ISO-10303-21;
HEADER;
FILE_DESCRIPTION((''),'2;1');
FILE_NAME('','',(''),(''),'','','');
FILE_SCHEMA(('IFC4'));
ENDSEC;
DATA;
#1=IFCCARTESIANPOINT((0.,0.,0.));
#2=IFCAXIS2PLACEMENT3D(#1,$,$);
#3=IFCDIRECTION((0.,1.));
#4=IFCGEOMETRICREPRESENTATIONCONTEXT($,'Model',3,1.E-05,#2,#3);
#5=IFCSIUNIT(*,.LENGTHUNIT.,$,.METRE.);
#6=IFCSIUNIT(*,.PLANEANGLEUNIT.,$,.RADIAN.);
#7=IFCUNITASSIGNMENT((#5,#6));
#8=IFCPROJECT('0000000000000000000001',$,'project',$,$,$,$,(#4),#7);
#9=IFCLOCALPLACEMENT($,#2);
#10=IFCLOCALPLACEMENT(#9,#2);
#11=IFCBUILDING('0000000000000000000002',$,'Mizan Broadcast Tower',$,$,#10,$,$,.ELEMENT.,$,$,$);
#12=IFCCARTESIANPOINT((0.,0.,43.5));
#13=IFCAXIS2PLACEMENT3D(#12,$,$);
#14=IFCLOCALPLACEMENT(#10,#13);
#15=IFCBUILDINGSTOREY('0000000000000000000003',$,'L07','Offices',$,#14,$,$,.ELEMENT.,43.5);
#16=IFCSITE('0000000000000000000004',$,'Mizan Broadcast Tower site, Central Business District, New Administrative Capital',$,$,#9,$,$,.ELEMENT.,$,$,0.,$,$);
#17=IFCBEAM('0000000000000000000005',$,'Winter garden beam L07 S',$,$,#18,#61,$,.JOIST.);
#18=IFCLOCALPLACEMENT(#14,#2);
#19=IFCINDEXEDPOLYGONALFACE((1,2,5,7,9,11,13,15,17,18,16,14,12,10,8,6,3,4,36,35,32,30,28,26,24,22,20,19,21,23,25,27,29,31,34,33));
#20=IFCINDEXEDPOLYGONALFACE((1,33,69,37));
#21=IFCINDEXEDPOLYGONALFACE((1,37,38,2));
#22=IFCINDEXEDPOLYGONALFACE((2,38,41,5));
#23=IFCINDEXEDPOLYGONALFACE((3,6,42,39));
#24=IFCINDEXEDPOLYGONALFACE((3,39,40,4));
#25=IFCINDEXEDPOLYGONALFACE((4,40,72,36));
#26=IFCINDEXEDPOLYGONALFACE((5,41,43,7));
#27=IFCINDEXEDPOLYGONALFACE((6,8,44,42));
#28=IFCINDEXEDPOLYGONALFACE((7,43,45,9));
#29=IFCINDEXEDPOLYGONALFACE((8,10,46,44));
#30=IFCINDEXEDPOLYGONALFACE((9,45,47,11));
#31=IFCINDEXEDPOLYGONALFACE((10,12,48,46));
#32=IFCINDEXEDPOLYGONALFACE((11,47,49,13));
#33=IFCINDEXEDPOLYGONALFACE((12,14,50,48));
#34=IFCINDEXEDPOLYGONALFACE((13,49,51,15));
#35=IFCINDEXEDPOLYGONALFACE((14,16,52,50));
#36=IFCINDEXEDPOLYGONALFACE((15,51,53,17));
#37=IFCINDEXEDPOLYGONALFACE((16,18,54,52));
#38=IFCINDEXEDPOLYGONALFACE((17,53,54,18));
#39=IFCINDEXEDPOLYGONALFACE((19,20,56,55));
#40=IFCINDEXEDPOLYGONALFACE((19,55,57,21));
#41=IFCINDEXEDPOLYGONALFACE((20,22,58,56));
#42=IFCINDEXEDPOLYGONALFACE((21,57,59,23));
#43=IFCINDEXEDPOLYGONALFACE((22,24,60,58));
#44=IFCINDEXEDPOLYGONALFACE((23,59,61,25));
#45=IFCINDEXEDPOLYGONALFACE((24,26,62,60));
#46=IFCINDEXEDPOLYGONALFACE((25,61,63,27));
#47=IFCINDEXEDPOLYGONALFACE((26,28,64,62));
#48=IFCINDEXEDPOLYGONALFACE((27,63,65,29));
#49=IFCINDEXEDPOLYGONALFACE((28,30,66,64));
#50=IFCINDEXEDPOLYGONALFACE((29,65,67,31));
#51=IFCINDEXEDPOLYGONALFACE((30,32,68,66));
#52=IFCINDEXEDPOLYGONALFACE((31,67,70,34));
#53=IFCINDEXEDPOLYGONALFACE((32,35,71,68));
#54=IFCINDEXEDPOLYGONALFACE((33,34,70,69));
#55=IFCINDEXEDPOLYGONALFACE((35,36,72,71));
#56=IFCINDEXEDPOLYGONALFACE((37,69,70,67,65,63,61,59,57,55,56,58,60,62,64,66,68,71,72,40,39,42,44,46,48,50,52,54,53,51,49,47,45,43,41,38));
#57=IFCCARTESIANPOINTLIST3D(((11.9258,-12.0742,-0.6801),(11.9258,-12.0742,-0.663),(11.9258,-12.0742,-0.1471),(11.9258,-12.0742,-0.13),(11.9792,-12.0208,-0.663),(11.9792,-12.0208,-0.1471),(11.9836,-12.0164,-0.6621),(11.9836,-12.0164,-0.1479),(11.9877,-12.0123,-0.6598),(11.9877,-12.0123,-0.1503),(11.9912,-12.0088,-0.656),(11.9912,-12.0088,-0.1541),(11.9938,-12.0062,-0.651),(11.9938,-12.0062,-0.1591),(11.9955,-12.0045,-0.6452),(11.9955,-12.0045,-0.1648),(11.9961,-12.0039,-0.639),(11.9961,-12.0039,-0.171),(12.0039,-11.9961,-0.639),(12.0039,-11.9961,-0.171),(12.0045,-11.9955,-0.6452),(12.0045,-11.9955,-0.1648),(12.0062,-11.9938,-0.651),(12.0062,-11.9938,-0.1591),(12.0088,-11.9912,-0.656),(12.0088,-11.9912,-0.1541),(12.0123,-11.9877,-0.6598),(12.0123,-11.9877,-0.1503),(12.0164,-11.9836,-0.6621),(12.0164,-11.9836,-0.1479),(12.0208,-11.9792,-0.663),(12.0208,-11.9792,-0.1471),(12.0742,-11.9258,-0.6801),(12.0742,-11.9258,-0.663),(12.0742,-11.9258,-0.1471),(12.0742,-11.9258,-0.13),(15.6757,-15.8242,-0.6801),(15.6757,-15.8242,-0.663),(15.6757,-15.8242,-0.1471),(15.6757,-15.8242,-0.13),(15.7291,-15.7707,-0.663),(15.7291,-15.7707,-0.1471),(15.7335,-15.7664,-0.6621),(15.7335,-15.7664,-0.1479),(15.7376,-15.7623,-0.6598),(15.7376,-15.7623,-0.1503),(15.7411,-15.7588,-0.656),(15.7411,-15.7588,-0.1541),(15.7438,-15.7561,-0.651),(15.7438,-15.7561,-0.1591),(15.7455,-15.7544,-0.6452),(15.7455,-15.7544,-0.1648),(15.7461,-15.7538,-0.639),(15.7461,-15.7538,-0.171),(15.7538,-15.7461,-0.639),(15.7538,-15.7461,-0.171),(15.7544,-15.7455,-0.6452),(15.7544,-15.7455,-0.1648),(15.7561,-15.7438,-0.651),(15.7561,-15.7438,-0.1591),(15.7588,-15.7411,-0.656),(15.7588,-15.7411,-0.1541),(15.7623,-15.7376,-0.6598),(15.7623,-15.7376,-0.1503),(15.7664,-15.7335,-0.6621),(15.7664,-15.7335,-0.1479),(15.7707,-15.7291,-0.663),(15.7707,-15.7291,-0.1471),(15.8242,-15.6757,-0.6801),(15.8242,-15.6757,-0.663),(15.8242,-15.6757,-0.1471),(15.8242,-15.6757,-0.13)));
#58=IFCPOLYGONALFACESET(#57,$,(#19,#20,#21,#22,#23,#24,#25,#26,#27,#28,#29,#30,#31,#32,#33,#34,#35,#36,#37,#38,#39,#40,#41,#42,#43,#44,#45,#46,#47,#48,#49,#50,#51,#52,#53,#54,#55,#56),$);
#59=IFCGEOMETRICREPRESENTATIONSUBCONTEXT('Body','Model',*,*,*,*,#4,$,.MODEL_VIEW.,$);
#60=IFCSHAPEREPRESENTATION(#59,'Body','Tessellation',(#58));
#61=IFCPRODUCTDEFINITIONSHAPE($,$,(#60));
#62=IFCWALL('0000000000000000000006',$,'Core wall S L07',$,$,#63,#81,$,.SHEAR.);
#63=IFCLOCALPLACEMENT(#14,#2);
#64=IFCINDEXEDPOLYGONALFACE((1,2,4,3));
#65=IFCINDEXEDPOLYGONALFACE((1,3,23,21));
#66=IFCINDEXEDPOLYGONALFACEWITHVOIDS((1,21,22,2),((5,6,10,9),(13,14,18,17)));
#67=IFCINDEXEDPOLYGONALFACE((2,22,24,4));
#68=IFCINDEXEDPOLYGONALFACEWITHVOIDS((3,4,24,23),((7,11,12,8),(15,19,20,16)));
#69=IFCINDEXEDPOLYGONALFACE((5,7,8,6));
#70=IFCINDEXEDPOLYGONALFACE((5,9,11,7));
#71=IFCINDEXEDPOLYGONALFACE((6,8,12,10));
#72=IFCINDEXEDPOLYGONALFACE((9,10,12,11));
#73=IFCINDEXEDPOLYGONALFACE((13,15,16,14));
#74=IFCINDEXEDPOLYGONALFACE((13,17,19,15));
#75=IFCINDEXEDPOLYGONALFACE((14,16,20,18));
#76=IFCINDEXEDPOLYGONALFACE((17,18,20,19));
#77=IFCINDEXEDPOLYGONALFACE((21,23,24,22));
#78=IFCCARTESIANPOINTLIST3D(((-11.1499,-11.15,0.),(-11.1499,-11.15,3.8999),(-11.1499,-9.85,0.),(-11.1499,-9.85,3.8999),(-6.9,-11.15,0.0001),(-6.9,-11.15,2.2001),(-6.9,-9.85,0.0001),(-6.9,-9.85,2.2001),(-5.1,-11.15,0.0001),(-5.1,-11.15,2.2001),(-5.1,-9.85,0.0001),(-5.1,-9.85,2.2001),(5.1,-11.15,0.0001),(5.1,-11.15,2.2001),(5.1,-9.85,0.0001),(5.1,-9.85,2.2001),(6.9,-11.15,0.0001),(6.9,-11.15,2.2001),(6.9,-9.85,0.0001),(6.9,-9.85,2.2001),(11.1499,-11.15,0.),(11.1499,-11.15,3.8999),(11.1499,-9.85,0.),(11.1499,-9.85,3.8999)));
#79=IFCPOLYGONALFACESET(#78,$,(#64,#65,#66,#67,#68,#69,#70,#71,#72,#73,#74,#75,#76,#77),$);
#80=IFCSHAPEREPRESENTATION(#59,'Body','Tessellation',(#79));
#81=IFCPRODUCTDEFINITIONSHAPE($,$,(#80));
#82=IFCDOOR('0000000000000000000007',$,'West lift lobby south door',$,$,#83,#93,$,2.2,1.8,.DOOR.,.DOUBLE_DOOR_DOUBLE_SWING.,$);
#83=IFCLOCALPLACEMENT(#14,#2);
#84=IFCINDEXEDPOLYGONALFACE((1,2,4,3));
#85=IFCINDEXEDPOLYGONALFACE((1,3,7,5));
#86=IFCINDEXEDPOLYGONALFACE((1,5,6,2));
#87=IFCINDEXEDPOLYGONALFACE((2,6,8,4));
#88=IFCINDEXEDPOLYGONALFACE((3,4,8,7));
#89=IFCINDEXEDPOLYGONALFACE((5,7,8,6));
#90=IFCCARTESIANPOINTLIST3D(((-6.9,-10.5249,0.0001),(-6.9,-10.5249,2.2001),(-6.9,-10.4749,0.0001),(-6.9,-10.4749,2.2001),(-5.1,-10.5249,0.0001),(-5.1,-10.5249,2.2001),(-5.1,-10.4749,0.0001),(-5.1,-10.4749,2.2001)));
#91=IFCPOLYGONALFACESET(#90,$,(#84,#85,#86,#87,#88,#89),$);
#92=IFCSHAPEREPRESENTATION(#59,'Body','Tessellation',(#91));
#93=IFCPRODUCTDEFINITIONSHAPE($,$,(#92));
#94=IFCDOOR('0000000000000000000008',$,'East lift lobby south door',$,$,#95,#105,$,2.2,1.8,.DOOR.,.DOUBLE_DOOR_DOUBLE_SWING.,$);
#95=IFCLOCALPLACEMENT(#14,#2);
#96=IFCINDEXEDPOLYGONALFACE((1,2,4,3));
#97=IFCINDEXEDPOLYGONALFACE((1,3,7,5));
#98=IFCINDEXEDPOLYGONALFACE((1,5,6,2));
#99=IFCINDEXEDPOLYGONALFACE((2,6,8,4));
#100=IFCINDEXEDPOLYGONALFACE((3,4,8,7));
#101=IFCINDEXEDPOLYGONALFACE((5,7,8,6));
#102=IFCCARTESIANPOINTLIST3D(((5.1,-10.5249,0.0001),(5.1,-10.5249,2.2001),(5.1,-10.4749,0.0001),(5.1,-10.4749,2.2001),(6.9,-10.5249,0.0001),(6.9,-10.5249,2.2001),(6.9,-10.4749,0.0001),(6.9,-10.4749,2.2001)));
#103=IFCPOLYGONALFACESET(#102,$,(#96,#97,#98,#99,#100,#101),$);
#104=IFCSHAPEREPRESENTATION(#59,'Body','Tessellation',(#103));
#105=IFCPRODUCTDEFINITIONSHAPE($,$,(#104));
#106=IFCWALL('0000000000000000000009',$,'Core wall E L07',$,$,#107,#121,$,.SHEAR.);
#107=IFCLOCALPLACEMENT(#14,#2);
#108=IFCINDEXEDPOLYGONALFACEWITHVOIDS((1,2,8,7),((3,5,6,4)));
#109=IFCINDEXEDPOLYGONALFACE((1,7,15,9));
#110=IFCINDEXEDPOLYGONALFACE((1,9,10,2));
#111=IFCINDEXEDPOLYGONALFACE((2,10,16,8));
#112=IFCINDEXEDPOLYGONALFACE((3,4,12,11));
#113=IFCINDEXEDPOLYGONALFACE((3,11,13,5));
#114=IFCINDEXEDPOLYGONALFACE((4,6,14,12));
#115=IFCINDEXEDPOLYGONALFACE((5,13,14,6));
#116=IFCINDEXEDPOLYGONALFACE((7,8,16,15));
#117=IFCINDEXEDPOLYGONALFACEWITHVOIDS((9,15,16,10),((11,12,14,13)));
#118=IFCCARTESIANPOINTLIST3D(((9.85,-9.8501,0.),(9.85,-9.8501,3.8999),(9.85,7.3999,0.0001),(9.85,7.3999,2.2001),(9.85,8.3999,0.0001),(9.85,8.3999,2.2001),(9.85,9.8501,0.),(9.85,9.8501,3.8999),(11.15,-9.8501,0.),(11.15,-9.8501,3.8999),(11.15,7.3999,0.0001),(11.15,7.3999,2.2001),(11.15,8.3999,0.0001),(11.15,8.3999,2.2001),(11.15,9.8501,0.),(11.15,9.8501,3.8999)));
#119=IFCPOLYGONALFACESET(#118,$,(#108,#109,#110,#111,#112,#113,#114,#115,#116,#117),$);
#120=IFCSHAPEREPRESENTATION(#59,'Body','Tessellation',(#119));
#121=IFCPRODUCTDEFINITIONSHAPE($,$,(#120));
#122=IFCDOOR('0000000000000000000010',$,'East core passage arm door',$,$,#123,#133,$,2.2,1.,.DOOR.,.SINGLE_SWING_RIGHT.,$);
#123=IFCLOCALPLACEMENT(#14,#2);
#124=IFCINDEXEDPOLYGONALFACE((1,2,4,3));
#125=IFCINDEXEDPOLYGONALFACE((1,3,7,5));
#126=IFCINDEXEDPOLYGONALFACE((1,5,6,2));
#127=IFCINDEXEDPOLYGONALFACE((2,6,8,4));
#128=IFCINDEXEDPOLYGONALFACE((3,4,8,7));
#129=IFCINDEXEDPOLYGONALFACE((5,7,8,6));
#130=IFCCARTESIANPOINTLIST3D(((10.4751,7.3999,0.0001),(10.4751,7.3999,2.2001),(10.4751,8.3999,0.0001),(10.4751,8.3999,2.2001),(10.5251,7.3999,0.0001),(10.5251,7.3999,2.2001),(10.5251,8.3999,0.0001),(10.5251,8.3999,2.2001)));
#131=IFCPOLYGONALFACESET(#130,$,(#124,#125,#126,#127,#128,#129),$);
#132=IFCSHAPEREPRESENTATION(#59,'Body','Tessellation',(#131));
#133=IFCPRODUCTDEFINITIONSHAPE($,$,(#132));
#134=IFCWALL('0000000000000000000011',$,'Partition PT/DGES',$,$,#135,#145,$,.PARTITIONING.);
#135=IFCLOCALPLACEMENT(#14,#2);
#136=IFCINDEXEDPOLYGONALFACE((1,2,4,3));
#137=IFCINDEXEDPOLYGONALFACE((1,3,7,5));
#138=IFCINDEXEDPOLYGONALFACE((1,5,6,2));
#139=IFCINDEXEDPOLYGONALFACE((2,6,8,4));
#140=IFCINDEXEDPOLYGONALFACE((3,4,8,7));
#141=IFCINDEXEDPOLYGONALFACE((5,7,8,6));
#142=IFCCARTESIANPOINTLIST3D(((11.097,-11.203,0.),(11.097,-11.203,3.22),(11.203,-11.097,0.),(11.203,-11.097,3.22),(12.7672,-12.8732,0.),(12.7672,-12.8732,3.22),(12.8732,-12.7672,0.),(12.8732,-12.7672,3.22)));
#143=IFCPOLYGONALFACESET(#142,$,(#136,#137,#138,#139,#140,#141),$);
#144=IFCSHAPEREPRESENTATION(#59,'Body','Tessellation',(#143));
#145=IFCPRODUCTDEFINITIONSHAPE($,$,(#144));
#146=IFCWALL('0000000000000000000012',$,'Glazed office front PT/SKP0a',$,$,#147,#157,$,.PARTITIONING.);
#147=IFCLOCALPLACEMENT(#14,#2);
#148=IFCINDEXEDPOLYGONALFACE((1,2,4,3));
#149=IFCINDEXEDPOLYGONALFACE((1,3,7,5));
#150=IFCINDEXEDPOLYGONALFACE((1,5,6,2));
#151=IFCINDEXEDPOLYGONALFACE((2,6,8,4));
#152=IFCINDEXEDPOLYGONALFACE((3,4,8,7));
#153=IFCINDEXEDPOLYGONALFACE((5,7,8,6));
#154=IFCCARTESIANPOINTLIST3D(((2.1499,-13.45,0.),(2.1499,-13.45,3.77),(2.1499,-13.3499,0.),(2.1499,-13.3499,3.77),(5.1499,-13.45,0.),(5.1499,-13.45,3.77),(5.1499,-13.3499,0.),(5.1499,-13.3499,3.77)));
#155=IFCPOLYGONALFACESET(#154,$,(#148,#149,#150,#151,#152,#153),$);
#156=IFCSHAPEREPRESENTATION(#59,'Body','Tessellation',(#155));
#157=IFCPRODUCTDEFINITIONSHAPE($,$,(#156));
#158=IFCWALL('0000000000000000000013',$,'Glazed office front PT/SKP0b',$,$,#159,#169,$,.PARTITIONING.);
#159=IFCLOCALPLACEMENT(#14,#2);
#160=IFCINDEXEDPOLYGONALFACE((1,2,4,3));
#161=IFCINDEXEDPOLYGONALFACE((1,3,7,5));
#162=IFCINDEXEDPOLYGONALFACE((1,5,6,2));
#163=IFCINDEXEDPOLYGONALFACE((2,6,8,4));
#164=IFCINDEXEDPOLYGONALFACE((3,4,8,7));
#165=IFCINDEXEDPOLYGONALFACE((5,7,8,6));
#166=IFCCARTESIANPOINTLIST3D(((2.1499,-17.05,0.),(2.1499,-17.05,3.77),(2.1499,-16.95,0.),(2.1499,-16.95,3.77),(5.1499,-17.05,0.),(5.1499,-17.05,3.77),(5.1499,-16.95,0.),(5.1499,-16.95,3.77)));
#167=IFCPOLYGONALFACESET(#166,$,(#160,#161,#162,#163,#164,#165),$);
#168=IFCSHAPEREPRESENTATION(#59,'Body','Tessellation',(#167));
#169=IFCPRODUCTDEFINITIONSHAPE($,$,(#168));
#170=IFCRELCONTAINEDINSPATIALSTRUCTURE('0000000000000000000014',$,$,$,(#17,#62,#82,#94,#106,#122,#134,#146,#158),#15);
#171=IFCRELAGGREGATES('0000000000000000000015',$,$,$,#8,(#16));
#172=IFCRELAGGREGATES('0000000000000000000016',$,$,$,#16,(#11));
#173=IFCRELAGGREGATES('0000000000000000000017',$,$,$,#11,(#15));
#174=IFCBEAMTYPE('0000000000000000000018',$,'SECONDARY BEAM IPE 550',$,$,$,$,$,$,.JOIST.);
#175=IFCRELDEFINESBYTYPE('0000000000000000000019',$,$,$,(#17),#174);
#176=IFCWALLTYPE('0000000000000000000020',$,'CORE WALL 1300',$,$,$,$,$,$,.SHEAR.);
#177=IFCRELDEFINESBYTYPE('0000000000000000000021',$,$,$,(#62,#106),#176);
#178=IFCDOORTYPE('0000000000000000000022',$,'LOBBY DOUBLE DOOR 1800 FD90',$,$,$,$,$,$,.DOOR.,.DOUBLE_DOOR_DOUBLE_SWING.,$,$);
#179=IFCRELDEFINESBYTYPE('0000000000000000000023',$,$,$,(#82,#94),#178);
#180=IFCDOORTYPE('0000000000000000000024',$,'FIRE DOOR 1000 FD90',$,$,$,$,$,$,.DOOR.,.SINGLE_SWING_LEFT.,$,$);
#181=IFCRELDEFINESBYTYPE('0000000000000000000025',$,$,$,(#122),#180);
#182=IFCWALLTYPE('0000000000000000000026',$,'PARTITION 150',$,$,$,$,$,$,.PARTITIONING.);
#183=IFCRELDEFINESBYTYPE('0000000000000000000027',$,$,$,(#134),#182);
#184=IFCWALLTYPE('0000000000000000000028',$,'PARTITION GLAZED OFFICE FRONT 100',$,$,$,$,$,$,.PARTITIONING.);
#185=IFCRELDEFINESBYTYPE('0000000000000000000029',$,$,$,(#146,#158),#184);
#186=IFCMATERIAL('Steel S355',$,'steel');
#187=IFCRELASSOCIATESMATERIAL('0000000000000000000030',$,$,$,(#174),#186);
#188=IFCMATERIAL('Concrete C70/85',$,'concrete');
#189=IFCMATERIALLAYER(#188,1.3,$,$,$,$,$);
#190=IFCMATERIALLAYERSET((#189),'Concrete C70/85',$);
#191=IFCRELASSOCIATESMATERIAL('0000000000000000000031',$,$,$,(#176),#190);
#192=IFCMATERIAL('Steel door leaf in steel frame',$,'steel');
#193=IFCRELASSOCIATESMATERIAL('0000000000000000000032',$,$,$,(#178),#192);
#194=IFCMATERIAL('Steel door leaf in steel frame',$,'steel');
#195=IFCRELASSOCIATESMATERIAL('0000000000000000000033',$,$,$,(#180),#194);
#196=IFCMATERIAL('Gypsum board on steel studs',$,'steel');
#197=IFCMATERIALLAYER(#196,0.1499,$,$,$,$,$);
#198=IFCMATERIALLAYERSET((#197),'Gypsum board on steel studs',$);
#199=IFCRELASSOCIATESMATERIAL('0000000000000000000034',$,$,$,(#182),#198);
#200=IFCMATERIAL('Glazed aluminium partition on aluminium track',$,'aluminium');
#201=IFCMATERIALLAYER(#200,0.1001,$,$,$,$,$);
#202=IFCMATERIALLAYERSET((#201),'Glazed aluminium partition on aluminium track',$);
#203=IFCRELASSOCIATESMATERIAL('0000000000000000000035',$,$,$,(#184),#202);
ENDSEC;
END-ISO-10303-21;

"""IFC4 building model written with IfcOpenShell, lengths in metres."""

from ifc_helpers import new_model, si_unit, direction, frame, frame_2d, origin, origin_2d, place, context, subcontext, project, spatial, rectangle, i_section, extrude, material, layer, layer_set, material_profile, profile_set, type_object, element, fill, save


model = new_model("IFC4")

# Units and contexts
model_context = context("Model", 3, precision=1e-05, world=origin(), true_north=direction((0.0, 1.0)))
body_context = subcontext(model_context, "Body", "Model", "MODEL_VIEW")
ifc_project = project(units=[si_unit("LENGTHUNIT", "METRE"), si_unit("PLANEANGLEUNIT", "RADIAN")], contexts=[model_context])

# Site, building, storey
site_placement = place(None, origin())
site = spatial("IfcSite", under=ifc_project, at=site_placement, Name="Mizan Broadcast Tower site, Central Business District, New Administrative Capital", CompositionType="ELEMENT", RefElevation=0.0)
building_placement = place(site_placement, origin())
building = spatial("IfcBuilding", under=site, at=building_placement, Name="Mizan Broadcast Tower", CompositionType="ELEMENT")
storey_placement = place(building_placement, frame((0.0, 0.0, 43.5)))
storey = spatial("IfcBuildingStorey", under=building, at=storey_placement, Name="L07", Description="Offices", CompositionType="ELEMENT", Elevation=43.5)

# Beam
ifc_material_1 = material(Name="Steel S355", Category="steel")
ifc_material_profile_1 = material_profile(ifc_material_1, i_section(OverallWidth=0.21, OverallDepth=0.55, WebThickness=0.011, FlangeThickness=0.0171, FilletRadius=0.0239, at=origin_2d()), Name="IPE 550")
ifc_profile_set_1 = profile_set([ifc_material_profile_1], Name="Steel S355")
beam_type_1 = type_object("IfcBeamType", Name="SECONDARY BEAM IPE 550", PredefinedType="JOIST", material=ifc_profile_set_1)
beam_1_placement = place(storey_placement, frame((12.0, -12.0, -0.405), z_axis=(0.707107, -0.707107, 0.0), x_axis=(0.707107, 0.707107, 0.0)))
element("IfcBeam", 1, at=beam_1_placement, inside=storey, type_object=beam_type_1, Name="Winter garden beam L07 S", PredefinedType="JOIST", context=body_context, shape_type="SweptSolid", body=[
    extrude(i_section(OverallWidth=0.21, OverallDepth=0.55, WebThickness=0.011, FlangeThickness=0.0171, FilletRadius=0.0239, at=origin_2d()), origin(), (0.0, 0.0, 1.0), 5.3032),
])

# Wall, openings, doors
ifc_material_2 = material(Name="Concrete C70/85", Category="concrete")
ifc_layer_1 = layer(ifc_material_2, 1.3)
ifc_layer_set_1 = layer_set([ifc_layer_1], Name="Concrete C70/85")
wall_type_1 = type_object("IfcWallType", Name="CORE WALL 1300", PredefinedType="SHEAR", material=ifc_layer_set_1)
wall_1_placement = place(storey_placement, frame((11.1499, -10.5, 0.0), z_axis=(0.0, 0.0, 1.0), x_axis=(-1.0, 0.0, 0.0)))
wall_1 = element("IfcWall", 2, at=wall_1_placement, inside=storey, type_object=wall_type_1, Name="Core wall S L07", PredefinedType="SHEAR", context=body_context, shape_type="SweptSolid", body=[
    extrude(rectangle(XDim=22.2998, YDim=1.3, at=frame_2d((11.1499, 0.0))), origin(), (0.0, 0.0, 1.0), 3.8999),
])
opening_1_placement = place(wall_1_placement, frame((16.25, 0.0, 0.0)))
opening_1 = element("IfcOpeningElement", 3, at=opening_1_placement, cuts=wall_1, PredefinedType="OPENING", context=body_context, shape_type="SweptSolid", body=[
    extrude(rectangle(XDim=1.8, YDim=2.2, at=frame_2d((0.8999, 1.1001))), frame((0.0, 0.6599, 0.0), z_axis=(0.0, -1.0, 0.0), x_axis=(1.0, 0.0, 0.0)), (0.0, 0.0, 1.0), 1.3201),
])
opening_2_placement = place(wall_1_placement, frame((4.25, 0.0, 0.0)))
opening_2 = element("IfcOpeningElement", 4, at=opening_2_placement, cuts=wall_1, PredefinedType="OPENING", context=body_context, shape_type="SweptSolid", body=[
    extrude(rectangle(XDim=1.8, YDim=2.2, at=frame_2d((0.8999, 1.1001))), frame((0.0, 0.6599, 0.0), z_axis=(0.0, -1.0, 0.0), x_axis=(1.0, 0.0, 0.0)), (0.0, 0.0, 1.0), 1.3201),
])
ifc_material_3 = material(Name="Steel door leaf in steel frame", Category="steel")
door_type_1 = type_object("IfcDoorType", Name="LOBBY DOUBLE DOOR 1800 FD90", OperationType="DOUBLE_DOOR_DOUBLE_SWING", PredefinedType="DOOR", material=ifc_material_3)
door_1_placement = place(opening_1_placement, origin())
door_1 = element("IfcDoor", 5, at=door_1_placement, inside=storey, type_object=door_type_1, Name="West lift lobby south door", OperationType="DOUBLE_DOOR_DOUBLE_SWING", OverallHeight=2.2, OverallWidth=1.8, PredefinedType="DOOR", context=body_context, shape_type="SweptSolid", body=[
    extrude(rectangle(XDim=1.8, YDim=2.2, at=frame_2d((0.8999, 1.1001))), frame((0.0, 0.0249, 0.0), z_axis=(0.0, -1.0, 0.0), x_axis=(1.0, 0.0, 0.0)), (0.0, 0.0, 1.0), 0.05),
])
fill(opening_1, door_1)
door_2_placement = place(opening_2_placement, origin())
door_2 = element("IfcDoor", 6, at=door_2_placement, inside=storey, type_object=door_type_1, Name="East lift lobby south door", OperationType="DOUBLE_DOOR_DOUBLE_SWING", OverallHeight=2.2, OverallWidth=1.8, PredefinedType="DOOR", context=body_context, shape_type="SweptSolid", body=[
    extrude(rectangle(XDim=1.8, YDim=2.2, at=frame_2d((0.8999, 1.1001))), frame((0.0, 0.0249, 0.0), z_axis=(0.0, -1.0, 0.0), x_axis=(1.0, 0.0, 0.0)), (0.0, 0.0, 1.0), 0.05),
])
fill(opening_2, door_2)

# Wall, opening, door
wall_2_placement = place(storey_placement, frame((10.5, -9.8501, 0.0), z_axis=(0.0, 0.0, 1.0), x_axis=(0.0, 1.0, 0.0)))
wall_2 = element("IfcWall", 7, at=wall_2_placement, inside=storey, type_object=wall_type_1, Name="Core wall E L07", PredefinedType="SHEAR", context=body_context, shape_type="SweptSolid", body=[
    extrude(rectangle(XDim=19.7002, YDim=1.3, at=frame_2d((9.8501, 0.0))), origin(), (0.0, 0.0, 1.0), 3.8999),
])
opening_3_placement = place(wall_2_placement, frame((17.25, 0.0, 0.0)))
opening_3 = element("IfcOpeningElement", 8, at=opening_3_placement, cuts=wall_2, PredefinedType="OPENING", context=body_context, shape_type="SweptSolid", body=[
    extrude(rectangle(XDim=1.0, YDim=2.2, at=frame_2d((0.5, 1.1001))), frame((0.0, 0.6599, 0.0), z_axis=(0.0, -1.0, 0.0), x_axis=(1.0, 0.0, 0.0)), (0.0, 0.0, 1.0), 1.3201),
])
ifc_material_4 = material(Name="Steel door leaf in steel frame", Category="steel")
door_type_2 = type_object("IfcDoorType", Name="FIRE DOOR 1000 FD90", OperationType="SINGLE_SWING_LEFT", PredefinedType="DOOR", material=ifc_material_4)
door_3_placement = place(opening_3_placement, origin())
door_3 = element("IfcDoor", 9, at=door_3_placement, inside=storey, type_object=door_type_2, Name="East core passage arm door", OperationType="SINGLE_SWING_RIGHT", OverallHeight=2.2, OverallWidth=1.0, PredefinedType="DOOR", context=body_context, shape_type="SweptSolid", body=[
    extrude(rectangle(XDim=1.0, YDim=2.2, at=frame_2d((0.5, 1.1001))), frame((0.0, 0.0249, 0.0), z_axis=(0.0, -1.0, 0.0), x_axis=(1.0, 0.0, 0.0)), (0.0, 0.0, 1.0), 0.05),
])
fill(opening_3, door_3)

# Walls
ifc_material_5 = material(Name="Gypsum board on steel studs", Category="steel")
ifc_layer_2 = layer(ifc_material_5, 0.1499)
ifc_layer_set_2 = layer_set([ifc_layer_2], Name="Gypsum board on steel studs")
wall_type_2 = type_object("IfcWallType", Name="PARTITION 150", PredefinedType="PARTITIONING", material=ifc_layer_set_2)
wall_3_placement = place(storey_placement, frame((11.1499, -11.1499, 0.0), z_axis=(0.0, 0.0, 1.0), x_axis=(0.707107, -0.707107, 0.0)))
element("IfcWall", 10, at=wall_3_placement, inside=storey, type_object=wall_type_2, Name="Partition PT/DGES", PredefinedType="PARTITIONING", context=body_context, shape_type="SweptSolid", body=[
    extrude(rectangle(XDim=2.3621, YDim=0.1499, at=frame_2d((1.1812, 0.0))), origin(), (0.0, 0.0, 1.0), 3.22),
])
ifc_material_6 = material(Name="Glazed aluminium partition on aluminium track", Category="aluminium")
ifc_layer_3 = layer(ifc_material_6, 0.1001)
ifc_layer_set_3 = layer_set([ifc_layer_3], Name="Glazed aluminium partition on aluminium track")
wall_type_3 = type_object("IfcWallType", Name="PARTITION GLAZED OFFICE FRONT 100", PredefinedType="PARTITIONING", material=ifc_layer_set_3)
for number, where, z_axis, x_axis, name in (
    (11, (2.1499, -13.3999, 0.0), (0.0, 0.0, 1.0), (1.0, 0.0, 0.0), "Glazed office front PT/SKP0a"),
    (12, (2.1499, -17.0, 0.0), (0.0, 0.0, 1.0), (1.0, 0.0, 0.0), "Glazed office front PT/SKP0b"),
):
    element("IfcWall", number, at=place(storey_placement, frame(where, z_axis=z_axis, x_axis=x_axis)), inside=storey, type_object=wall_type_3, Name=name, PredefinedType="PARTITIONING", context=body_context, shape_type="SweptSolid", body=[
        extrude(rectangle(XDim=3.0, YDim=0.1001, at=frame_2d((1.5, 0.0))), origin(), (0.0, 0.0, 1.0), 3.77),
    ])

save(model, "model.ifc")
